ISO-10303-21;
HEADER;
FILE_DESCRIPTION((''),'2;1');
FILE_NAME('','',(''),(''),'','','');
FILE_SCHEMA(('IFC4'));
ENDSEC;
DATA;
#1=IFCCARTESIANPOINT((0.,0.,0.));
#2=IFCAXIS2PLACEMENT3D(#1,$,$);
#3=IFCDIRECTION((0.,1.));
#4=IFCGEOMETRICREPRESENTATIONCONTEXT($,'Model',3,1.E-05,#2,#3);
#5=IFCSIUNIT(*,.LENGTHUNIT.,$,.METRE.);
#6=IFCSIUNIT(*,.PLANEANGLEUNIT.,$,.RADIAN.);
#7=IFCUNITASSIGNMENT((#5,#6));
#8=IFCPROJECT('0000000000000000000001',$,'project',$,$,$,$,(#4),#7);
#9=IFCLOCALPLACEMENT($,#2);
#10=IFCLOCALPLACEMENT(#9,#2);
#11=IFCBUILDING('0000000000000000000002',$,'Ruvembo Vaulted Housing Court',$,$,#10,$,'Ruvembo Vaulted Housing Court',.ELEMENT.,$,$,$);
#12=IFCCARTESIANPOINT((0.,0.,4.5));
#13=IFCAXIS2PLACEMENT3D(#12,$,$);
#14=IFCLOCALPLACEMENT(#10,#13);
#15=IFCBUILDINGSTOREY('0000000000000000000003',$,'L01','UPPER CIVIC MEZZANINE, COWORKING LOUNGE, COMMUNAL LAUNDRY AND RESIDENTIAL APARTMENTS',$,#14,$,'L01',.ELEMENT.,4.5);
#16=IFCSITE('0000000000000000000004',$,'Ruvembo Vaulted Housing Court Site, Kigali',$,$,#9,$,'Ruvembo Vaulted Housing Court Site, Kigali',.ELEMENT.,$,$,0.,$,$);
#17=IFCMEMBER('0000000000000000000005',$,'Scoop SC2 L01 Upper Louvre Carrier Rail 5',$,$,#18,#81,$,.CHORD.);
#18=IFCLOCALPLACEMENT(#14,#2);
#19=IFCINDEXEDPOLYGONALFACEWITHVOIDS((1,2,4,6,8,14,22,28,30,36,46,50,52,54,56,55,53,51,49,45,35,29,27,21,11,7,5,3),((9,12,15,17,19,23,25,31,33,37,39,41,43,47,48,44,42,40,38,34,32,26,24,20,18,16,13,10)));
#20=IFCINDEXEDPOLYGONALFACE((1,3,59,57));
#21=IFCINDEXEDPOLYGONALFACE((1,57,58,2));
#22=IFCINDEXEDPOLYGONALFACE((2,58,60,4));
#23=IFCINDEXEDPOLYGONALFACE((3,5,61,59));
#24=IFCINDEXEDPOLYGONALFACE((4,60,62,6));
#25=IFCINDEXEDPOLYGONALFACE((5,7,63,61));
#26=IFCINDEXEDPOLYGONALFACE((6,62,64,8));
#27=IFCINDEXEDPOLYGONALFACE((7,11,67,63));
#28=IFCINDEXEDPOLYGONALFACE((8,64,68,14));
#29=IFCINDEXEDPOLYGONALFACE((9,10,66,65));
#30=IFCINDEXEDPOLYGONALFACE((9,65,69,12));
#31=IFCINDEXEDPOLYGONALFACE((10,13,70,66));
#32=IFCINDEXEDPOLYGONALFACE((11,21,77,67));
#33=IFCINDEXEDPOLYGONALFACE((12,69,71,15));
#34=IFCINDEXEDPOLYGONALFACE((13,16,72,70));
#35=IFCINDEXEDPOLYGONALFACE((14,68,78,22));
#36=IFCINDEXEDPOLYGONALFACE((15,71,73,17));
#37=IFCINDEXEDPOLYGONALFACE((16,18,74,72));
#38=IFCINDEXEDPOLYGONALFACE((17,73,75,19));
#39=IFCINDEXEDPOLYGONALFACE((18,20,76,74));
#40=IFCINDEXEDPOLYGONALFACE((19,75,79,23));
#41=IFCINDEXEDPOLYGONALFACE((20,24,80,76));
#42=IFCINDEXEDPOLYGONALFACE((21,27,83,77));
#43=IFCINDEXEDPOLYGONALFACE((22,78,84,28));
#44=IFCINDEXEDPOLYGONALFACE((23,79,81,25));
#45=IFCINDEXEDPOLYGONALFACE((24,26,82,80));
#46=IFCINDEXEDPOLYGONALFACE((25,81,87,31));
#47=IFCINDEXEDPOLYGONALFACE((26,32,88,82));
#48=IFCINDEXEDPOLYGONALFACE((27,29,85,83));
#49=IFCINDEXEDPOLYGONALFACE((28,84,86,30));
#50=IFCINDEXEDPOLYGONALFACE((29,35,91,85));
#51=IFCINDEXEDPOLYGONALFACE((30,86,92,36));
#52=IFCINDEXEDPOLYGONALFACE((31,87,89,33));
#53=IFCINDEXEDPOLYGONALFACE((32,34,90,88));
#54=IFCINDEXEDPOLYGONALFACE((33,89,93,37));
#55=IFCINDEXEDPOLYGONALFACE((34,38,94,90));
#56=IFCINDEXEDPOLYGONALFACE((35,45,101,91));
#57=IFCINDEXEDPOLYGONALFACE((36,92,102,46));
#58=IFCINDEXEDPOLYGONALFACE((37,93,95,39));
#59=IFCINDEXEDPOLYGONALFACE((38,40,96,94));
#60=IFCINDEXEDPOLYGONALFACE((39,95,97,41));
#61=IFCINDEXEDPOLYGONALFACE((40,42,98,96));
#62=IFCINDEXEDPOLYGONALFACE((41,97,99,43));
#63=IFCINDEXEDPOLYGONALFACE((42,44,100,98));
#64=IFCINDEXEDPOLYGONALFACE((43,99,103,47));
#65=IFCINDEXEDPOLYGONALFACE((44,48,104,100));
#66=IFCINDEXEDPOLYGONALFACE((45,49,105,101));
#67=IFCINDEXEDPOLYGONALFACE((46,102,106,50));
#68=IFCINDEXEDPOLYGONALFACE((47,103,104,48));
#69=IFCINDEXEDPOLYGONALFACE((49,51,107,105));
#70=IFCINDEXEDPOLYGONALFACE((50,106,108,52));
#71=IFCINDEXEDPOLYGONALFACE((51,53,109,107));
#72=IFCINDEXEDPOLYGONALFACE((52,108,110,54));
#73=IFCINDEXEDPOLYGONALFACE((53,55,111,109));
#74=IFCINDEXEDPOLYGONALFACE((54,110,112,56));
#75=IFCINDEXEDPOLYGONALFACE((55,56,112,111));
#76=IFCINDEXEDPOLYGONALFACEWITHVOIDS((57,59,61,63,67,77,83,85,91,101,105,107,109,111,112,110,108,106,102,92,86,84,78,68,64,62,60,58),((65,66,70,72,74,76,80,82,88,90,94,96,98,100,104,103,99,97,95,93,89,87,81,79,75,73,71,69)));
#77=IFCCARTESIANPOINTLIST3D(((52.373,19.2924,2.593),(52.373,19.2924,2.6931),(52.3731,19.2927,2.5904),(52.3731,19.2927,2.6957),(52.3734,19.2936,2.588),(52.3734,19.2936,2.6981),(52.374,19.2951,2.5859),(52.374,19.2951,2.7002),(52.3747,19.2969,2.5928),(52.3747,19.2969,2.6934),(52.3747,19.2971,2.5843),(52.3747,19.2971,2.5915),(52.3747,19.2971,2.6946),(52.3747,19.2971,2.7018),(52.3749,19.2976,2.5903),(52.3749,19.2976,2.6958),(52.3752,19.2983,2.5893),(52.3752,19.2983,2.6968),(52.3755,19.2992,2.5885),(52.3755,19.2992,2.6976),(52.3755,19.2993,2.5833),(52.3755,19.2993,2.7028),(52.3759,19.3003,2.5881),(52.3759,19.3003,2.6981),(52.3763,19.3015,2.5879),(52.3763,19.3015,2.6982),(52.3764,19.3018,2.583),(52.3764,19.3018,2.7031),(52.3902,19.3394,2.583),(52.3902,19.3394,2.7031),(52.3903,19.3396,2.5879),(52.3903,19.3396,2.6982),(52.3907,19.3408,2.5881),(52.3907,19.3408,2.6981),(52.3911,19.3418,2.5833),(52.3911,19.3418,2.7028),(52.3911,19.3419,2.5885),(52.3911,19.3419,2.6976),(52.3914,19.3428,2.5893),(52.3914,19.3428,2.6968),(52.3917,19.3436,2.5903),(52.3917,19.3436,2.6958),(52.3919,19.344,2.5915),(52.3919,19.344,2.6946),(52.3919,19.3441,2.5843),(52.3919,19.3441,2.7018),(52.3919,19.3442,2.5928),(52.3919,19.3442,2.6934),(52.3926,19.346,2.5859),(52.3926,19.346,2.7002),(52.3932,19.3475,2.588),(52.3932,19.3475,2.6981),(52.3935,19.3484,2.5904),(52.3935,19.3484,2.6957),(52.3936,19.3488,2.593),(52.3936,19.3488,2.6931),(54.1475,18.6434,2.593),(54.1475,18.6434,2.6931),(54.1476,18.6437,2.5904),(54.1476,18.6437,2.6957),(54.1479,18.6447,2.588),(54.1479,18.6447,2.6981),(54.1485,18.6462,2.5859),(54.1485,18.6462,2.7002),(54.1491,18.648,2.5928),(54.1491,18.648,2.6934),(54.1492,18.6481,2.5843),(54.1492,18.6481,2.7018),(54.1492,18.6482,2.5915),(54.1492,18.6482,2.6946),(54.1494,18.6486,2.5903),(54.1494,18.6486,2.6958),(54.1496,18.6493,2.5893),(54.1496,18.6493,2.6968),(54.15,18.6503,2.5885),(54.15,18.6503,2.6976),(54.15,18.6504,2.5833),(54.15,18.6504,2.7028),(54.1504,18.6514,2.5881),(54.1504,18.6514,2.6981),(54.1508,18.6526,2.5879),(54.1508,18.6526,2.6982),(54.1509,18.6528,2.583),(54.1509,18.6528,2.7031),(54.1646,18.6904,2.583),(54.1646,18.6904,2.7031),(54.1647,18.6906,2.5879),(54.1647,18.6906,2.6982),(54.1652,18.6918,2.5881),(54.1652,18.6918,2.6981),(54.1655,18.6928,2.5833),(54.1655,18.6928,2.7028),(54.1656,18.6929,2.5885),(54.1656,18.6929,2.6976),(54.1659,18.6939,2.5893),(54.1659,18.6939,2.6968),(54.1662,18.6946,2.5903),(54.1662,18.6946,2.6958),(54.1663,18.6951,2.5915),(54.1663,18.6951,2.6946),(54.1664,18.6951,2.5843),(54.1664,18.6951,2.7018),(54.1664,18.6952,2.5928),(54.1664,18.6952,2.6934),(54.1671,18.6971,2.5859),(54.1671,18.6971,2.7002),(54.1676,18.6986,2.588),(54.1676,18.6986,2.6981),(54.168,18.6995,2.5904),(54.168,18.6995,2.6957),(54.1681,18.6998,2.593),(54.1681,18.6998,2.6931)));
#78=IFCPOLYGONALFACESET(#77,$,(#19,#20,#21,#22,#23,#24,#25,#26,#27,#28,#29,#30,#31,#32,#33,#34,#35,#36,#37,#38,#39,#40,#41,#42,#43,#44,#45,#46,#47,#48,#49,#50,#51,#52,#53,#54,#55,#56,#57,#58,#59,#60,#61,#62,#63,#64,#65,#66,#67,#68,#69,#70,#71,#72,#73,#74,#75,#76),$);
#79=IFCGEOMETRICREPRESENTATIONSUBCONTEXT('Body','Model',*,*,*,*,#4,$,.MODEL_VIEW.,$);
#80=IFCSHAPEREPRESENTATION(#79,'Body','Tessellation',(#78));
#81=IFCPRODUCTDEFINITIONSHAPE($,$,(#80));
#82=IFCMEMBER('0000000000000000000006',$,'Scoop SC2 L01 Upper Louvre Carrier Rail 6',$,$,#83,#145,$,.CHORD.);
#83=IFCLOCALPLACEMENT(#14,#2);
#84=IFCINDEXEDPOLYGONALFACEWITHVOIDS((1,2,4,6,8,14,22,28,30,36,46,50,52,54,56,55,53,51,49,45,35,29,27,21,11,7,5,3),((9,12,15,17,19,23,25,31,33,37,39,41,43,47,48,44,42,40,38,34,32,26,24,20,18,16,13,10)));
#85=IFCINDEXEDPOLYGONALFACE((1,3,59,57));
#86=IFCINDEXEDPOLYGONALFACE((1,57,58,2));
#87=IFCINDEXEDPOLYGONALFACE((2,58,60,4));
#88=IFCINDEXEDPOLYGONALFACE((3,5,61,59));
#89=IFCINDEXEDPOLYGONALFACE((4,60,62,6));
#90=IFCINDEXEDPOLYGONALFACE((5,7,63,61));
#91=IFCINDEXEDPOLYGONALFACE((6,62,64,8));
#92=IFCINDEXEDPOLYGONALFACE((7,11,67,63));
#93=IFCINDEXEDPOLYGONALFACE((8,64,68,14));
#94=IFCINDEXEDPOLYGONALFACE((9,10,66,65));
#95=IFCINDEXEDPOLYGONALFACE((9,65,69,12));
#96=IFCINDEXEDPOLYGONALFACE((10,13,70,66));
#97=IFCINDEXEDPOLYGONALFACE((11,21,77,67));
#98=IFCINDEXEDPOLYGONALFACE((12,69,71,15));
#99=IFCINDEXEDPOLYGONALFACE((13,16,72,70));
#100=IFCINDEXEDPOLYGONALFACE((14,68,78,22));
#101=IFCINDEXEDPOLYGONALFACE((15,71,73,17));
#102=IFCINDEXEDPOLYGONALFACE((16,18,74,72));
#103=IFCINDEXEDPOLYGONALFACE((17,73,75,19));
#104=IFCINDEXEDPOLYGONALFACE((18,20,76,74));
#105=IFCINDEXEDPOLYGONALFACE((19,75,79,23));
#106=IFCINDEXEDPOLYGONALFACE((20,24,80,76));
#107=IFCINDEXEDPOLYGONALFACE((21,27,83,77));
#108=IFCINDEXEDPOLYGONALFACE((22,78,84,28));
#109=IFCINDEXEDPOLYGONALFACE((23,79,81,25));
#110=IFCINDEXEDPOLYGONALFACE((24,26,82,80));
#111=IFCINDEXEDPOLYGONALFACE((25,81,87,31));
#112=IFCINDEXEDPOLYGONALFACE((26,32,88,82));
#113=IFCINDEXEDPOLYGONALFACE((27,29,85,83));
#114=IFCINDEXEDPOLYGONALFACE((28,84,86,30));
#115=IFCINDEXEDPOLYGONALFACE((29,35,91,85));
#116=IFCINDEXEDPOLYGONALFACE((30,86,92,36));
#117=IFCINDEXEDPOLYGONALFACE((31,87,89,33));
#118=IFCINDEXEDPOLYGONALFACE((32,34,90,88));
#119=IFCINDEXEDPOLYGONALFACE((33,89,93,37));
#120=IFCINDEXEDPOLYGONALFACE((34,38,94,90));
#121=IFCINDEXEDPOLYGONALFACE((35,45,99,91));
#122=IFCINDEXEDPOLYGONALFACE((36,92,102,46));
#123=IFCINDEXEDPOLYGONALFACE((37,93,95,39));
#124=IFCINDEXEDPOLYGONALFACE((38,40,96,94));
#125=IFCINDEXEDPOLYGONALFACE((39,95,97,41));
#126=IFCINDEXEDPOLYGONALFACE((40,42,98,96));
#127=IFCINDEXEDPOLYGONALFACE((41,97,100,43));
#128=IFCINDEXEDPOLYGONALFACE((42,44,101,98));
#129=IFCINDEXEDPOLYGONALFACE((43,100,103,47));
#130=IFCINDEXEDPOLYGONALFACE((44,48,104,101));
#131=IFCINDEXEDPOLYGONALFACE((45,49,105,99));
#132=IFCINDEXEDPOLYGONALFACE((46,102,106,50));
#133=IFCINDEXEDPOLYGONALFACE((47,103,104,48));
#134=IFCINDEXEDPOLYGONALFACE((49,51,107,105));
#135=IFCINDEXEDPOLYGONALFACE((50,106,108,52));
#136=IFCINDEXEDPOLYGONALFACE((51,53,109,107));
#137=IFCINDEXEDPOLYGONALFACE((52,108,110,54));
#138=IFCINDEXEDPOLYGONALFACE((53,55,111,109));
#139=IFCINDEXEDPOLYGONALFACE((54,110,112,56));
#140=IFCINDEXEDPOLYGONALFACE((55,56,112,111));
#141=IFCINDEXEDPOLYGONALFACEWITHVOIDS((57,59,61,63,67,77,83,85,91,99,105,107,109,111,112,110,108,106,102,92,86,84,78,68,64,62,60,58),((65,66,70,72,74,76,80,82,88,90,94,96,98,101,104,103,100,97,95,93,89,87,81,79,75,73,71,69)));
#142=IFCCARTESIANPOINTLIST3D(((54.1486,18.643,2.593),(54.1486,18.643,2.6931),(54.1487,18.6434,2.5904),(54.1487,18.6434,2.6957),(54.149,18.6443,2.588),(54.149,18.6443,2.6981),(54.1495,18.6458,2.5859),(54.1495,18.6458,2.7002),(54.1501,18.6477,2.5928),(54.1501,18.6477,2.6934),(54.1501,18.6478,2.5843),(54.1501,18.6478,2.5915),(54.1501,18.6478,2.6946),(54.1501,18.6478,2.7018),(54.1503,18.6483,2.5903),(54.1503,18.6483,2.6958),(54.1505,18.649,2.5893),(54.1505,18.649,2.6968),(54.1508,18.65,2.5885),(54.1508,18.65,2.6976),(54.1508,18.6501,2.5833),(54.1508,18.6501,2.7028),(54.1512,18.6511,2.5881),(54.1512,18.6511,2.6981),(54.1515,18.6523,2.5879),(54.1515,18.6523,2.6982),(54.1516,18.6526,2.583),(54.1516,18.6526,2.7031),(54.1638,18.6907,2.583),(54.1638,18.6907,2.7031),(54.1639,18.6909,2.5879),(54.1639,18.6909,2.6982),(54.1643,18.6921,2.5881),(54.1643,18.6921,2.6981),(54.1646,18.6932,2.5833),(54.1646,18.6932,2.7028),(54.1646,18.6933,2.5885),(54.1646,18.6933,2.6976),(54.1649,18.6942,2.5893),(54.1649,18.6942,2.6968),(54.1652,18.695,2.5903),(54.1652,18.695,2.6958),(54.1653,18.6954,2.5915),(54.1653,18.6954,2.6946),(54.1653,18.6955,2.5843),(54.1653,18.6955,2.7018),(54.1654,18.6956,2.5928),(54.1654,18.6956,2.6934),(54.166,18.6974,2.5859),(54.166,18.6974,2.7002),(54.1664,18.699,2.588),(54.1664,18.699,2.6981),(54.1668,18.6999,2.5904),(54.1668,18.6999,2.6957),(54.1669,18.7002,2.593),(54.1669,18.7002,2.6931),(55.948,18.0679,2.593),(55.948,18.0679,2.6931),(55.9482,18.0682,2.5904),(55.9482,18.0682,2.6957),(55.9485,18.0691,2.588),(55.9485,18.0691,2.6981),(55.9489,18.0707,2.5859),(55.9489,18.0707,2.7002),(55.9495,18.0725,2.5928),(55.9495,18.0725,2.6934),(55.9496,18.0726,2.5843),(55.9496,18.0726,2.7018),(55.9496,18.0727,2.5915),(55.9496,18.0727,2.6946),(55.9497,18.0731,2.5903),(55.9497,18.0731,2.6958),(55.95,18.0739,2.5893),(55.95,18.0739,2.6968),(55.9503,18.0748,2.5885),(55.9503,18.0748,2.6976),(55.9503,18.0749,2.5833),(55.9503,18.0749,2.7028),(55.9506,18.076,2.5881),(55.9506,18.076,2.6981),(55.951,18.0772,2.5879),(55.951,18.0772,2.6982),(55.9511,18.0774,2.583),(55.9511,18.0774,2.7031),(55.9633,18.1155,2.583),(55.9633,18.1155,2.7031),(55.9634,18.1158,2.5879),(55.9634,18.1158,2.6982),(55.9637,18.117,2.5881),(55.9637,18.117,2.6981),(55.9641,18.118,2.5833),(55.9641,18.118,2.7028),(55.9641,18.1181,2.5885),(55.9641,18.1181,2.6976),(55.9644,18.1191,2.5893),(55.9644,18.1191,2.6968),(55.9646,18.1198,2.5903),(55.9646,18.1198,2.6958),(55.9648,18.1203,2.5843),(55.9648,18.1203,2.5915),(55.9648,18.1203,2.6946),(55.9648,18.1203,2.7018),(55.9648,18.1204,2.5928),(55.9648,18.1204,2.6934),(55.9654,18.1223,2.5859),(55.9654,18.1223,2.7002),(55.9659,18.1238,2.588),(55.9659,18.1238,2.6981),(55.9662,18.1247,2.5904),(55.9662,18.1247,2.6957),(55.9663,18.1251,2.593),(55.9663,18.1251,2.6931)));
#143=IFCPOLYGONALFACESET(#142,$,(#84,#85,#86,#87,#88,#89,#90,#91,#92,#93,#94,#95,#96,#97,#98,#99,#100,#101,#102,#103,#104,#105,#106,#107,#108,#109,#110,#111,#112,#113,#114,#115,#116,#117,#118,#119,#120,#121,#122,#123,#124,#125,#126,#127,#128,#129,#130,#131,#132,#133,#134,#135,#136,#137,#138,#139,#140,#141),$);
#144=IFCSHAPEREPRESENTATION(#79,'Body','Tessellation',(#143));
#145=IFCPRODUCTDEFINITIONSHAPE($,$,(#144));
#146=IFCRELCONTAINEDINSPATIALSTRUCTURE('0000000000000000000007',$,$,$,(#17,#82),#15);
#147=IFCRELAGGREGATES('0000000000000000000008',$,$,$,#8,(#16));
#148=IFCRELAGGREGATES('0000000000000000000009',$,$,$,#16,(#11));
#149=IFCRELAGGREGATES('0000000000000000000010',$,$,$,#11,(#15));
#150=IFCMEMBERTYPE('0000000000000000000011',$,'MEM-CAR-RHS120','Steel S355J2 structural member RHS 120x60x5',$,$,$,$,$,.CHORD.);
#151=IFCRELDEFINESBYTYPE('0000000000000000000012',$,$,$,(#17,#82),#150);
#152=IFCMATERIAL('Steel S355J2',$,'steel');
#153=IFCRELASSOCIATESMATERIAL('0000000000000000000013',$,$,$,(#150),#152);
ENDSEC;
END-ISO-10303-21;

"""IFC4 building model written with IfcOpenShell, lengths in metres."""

from ifc_helpers import new_model, si_unit, direction, frame, origin, origin_2d, place, context, subcontext, project, spatial, hollow_rectangle, extrude, material, material_profile, profile_set, type_object, element, save


model = new_model("IFC4")

# Units and contexts
model_context = context("Model", 3, precision=1e-05, world=origin(), true_north=direction((0.0, 1.0)))
body_context = subcontext(model_context, "Body", "Model", "MODEL_VIEW")
ifc_project = project(units=[si_unit("LENGTHUNIT", "METRE"), si_unit("PLANEANGLEUNIT", "RADIAN")], contexts=[model_context])

# Site, building, storey
site_placement = place(None, origin())
site = spatial("IfcSite", under=ifc_project, at=site_placement, Name="Ruvembo Vaulted Housing Court Site, Kigali", LongName="Ruvembo Vaulted Housing Court Site, Kigali", CompositionType="ELEMENT", RefElevation=0.0)
building_placement = place(site_placement, origin())
building = spatial("IfcBuilding", under=site, at=building_placement, Name="Ruvembo Vaulted Housing Court", LongName="Ruvembo Vaulted Housing Court", CompositionType="ELEMENT")
storey_placement = place(building_placement, frame((0.0, 0.0, 4.5)))
storey = spatial("IfcBuildingStorey", under=building, at=storey_placement, Name="L01", Description="UPPER CIVIC MEZZANINE, COWORKING LOUNGE, COMMUNAL LAUNDRY AND RESIDENTIAL APARTMENTS", LongName="L01", CompositionType="ELEMENT", Elevation=4.5)

# Shared definitions
ifc_material_1 = material(Name="Steel S355J2", Category="steel")

# Members
ifc_material_profile_1 = material_profile(ifc_material_1, hollow_rectangle(XDim=0.0601, YDim=0.1201, WallThickness=0.0049, InnerFilletRadius=0.0049, OuterFilletRadius=0.01, at=origin_2d()), Name="RHS 120x60x5")
ifc_profile_set_1 = profile_set([ifc_material_profile_1], Name="Steel S355J2")
member_type_1 = type_object("IfcMemberType", Name="MEM-CAR-RHS120", Description="Steel S355J2 structural member RHS 120x60x5", PredefinedType="CHORD", material=ifc_profile_set_1)
member_1_placement = place(storey_placement, frame((52.3833, 19.3206, 2.6431), z_axis=(0.939166, -0.343465, 0.0), x_axis=(0.343465, 0.939166, 0.0)))
element("IfcMember", 1, at=member_1_placement, inside=storey, type_object=member_type_1, Name="Scoop SC2 L01 Upper Louvre Carrier Rail 5", PredefinedType="CHORD", context=body_context, shape_type="SweptSolid", body=[
    extrude(hollow_rectangle(XDim=0.0601, YDim=0.1201, WallThickness=0.0049, InnerFilletRadius=0.0049, OuterFilletRadius=0.01, at=origin_2d()), origin(), (0.0, 0.0, 1.0), 1.8894),
])
member_2_placement = place(storey_placement, frame((54.1577, 18.6716, 2.6431), z_axis=(0.952526, -0.304457, 0.0), x_axis=(0.304457, 0.952526, 0.0)))
element("IfcMember", 2, at=member_2_placement, inside=storey, type_object=member_type_1, Name="Scoop SC2 L01 Upper Louvre Carrier Rail 6", PredefinedType="CHORD", context=body_context, shape_type="SweptSolid", body=[
    extrude(hollow_rectangle(XDim=0.0601, YDim=0.1201, WallThickness=0.0049, InnerFilletRadius=0.0049, OuterFilletRadius=0.01, at=origin_2d()), origin(), (0.0, 0.0, 1.0), 1.8892),
])

save(model, "model.ifc")
